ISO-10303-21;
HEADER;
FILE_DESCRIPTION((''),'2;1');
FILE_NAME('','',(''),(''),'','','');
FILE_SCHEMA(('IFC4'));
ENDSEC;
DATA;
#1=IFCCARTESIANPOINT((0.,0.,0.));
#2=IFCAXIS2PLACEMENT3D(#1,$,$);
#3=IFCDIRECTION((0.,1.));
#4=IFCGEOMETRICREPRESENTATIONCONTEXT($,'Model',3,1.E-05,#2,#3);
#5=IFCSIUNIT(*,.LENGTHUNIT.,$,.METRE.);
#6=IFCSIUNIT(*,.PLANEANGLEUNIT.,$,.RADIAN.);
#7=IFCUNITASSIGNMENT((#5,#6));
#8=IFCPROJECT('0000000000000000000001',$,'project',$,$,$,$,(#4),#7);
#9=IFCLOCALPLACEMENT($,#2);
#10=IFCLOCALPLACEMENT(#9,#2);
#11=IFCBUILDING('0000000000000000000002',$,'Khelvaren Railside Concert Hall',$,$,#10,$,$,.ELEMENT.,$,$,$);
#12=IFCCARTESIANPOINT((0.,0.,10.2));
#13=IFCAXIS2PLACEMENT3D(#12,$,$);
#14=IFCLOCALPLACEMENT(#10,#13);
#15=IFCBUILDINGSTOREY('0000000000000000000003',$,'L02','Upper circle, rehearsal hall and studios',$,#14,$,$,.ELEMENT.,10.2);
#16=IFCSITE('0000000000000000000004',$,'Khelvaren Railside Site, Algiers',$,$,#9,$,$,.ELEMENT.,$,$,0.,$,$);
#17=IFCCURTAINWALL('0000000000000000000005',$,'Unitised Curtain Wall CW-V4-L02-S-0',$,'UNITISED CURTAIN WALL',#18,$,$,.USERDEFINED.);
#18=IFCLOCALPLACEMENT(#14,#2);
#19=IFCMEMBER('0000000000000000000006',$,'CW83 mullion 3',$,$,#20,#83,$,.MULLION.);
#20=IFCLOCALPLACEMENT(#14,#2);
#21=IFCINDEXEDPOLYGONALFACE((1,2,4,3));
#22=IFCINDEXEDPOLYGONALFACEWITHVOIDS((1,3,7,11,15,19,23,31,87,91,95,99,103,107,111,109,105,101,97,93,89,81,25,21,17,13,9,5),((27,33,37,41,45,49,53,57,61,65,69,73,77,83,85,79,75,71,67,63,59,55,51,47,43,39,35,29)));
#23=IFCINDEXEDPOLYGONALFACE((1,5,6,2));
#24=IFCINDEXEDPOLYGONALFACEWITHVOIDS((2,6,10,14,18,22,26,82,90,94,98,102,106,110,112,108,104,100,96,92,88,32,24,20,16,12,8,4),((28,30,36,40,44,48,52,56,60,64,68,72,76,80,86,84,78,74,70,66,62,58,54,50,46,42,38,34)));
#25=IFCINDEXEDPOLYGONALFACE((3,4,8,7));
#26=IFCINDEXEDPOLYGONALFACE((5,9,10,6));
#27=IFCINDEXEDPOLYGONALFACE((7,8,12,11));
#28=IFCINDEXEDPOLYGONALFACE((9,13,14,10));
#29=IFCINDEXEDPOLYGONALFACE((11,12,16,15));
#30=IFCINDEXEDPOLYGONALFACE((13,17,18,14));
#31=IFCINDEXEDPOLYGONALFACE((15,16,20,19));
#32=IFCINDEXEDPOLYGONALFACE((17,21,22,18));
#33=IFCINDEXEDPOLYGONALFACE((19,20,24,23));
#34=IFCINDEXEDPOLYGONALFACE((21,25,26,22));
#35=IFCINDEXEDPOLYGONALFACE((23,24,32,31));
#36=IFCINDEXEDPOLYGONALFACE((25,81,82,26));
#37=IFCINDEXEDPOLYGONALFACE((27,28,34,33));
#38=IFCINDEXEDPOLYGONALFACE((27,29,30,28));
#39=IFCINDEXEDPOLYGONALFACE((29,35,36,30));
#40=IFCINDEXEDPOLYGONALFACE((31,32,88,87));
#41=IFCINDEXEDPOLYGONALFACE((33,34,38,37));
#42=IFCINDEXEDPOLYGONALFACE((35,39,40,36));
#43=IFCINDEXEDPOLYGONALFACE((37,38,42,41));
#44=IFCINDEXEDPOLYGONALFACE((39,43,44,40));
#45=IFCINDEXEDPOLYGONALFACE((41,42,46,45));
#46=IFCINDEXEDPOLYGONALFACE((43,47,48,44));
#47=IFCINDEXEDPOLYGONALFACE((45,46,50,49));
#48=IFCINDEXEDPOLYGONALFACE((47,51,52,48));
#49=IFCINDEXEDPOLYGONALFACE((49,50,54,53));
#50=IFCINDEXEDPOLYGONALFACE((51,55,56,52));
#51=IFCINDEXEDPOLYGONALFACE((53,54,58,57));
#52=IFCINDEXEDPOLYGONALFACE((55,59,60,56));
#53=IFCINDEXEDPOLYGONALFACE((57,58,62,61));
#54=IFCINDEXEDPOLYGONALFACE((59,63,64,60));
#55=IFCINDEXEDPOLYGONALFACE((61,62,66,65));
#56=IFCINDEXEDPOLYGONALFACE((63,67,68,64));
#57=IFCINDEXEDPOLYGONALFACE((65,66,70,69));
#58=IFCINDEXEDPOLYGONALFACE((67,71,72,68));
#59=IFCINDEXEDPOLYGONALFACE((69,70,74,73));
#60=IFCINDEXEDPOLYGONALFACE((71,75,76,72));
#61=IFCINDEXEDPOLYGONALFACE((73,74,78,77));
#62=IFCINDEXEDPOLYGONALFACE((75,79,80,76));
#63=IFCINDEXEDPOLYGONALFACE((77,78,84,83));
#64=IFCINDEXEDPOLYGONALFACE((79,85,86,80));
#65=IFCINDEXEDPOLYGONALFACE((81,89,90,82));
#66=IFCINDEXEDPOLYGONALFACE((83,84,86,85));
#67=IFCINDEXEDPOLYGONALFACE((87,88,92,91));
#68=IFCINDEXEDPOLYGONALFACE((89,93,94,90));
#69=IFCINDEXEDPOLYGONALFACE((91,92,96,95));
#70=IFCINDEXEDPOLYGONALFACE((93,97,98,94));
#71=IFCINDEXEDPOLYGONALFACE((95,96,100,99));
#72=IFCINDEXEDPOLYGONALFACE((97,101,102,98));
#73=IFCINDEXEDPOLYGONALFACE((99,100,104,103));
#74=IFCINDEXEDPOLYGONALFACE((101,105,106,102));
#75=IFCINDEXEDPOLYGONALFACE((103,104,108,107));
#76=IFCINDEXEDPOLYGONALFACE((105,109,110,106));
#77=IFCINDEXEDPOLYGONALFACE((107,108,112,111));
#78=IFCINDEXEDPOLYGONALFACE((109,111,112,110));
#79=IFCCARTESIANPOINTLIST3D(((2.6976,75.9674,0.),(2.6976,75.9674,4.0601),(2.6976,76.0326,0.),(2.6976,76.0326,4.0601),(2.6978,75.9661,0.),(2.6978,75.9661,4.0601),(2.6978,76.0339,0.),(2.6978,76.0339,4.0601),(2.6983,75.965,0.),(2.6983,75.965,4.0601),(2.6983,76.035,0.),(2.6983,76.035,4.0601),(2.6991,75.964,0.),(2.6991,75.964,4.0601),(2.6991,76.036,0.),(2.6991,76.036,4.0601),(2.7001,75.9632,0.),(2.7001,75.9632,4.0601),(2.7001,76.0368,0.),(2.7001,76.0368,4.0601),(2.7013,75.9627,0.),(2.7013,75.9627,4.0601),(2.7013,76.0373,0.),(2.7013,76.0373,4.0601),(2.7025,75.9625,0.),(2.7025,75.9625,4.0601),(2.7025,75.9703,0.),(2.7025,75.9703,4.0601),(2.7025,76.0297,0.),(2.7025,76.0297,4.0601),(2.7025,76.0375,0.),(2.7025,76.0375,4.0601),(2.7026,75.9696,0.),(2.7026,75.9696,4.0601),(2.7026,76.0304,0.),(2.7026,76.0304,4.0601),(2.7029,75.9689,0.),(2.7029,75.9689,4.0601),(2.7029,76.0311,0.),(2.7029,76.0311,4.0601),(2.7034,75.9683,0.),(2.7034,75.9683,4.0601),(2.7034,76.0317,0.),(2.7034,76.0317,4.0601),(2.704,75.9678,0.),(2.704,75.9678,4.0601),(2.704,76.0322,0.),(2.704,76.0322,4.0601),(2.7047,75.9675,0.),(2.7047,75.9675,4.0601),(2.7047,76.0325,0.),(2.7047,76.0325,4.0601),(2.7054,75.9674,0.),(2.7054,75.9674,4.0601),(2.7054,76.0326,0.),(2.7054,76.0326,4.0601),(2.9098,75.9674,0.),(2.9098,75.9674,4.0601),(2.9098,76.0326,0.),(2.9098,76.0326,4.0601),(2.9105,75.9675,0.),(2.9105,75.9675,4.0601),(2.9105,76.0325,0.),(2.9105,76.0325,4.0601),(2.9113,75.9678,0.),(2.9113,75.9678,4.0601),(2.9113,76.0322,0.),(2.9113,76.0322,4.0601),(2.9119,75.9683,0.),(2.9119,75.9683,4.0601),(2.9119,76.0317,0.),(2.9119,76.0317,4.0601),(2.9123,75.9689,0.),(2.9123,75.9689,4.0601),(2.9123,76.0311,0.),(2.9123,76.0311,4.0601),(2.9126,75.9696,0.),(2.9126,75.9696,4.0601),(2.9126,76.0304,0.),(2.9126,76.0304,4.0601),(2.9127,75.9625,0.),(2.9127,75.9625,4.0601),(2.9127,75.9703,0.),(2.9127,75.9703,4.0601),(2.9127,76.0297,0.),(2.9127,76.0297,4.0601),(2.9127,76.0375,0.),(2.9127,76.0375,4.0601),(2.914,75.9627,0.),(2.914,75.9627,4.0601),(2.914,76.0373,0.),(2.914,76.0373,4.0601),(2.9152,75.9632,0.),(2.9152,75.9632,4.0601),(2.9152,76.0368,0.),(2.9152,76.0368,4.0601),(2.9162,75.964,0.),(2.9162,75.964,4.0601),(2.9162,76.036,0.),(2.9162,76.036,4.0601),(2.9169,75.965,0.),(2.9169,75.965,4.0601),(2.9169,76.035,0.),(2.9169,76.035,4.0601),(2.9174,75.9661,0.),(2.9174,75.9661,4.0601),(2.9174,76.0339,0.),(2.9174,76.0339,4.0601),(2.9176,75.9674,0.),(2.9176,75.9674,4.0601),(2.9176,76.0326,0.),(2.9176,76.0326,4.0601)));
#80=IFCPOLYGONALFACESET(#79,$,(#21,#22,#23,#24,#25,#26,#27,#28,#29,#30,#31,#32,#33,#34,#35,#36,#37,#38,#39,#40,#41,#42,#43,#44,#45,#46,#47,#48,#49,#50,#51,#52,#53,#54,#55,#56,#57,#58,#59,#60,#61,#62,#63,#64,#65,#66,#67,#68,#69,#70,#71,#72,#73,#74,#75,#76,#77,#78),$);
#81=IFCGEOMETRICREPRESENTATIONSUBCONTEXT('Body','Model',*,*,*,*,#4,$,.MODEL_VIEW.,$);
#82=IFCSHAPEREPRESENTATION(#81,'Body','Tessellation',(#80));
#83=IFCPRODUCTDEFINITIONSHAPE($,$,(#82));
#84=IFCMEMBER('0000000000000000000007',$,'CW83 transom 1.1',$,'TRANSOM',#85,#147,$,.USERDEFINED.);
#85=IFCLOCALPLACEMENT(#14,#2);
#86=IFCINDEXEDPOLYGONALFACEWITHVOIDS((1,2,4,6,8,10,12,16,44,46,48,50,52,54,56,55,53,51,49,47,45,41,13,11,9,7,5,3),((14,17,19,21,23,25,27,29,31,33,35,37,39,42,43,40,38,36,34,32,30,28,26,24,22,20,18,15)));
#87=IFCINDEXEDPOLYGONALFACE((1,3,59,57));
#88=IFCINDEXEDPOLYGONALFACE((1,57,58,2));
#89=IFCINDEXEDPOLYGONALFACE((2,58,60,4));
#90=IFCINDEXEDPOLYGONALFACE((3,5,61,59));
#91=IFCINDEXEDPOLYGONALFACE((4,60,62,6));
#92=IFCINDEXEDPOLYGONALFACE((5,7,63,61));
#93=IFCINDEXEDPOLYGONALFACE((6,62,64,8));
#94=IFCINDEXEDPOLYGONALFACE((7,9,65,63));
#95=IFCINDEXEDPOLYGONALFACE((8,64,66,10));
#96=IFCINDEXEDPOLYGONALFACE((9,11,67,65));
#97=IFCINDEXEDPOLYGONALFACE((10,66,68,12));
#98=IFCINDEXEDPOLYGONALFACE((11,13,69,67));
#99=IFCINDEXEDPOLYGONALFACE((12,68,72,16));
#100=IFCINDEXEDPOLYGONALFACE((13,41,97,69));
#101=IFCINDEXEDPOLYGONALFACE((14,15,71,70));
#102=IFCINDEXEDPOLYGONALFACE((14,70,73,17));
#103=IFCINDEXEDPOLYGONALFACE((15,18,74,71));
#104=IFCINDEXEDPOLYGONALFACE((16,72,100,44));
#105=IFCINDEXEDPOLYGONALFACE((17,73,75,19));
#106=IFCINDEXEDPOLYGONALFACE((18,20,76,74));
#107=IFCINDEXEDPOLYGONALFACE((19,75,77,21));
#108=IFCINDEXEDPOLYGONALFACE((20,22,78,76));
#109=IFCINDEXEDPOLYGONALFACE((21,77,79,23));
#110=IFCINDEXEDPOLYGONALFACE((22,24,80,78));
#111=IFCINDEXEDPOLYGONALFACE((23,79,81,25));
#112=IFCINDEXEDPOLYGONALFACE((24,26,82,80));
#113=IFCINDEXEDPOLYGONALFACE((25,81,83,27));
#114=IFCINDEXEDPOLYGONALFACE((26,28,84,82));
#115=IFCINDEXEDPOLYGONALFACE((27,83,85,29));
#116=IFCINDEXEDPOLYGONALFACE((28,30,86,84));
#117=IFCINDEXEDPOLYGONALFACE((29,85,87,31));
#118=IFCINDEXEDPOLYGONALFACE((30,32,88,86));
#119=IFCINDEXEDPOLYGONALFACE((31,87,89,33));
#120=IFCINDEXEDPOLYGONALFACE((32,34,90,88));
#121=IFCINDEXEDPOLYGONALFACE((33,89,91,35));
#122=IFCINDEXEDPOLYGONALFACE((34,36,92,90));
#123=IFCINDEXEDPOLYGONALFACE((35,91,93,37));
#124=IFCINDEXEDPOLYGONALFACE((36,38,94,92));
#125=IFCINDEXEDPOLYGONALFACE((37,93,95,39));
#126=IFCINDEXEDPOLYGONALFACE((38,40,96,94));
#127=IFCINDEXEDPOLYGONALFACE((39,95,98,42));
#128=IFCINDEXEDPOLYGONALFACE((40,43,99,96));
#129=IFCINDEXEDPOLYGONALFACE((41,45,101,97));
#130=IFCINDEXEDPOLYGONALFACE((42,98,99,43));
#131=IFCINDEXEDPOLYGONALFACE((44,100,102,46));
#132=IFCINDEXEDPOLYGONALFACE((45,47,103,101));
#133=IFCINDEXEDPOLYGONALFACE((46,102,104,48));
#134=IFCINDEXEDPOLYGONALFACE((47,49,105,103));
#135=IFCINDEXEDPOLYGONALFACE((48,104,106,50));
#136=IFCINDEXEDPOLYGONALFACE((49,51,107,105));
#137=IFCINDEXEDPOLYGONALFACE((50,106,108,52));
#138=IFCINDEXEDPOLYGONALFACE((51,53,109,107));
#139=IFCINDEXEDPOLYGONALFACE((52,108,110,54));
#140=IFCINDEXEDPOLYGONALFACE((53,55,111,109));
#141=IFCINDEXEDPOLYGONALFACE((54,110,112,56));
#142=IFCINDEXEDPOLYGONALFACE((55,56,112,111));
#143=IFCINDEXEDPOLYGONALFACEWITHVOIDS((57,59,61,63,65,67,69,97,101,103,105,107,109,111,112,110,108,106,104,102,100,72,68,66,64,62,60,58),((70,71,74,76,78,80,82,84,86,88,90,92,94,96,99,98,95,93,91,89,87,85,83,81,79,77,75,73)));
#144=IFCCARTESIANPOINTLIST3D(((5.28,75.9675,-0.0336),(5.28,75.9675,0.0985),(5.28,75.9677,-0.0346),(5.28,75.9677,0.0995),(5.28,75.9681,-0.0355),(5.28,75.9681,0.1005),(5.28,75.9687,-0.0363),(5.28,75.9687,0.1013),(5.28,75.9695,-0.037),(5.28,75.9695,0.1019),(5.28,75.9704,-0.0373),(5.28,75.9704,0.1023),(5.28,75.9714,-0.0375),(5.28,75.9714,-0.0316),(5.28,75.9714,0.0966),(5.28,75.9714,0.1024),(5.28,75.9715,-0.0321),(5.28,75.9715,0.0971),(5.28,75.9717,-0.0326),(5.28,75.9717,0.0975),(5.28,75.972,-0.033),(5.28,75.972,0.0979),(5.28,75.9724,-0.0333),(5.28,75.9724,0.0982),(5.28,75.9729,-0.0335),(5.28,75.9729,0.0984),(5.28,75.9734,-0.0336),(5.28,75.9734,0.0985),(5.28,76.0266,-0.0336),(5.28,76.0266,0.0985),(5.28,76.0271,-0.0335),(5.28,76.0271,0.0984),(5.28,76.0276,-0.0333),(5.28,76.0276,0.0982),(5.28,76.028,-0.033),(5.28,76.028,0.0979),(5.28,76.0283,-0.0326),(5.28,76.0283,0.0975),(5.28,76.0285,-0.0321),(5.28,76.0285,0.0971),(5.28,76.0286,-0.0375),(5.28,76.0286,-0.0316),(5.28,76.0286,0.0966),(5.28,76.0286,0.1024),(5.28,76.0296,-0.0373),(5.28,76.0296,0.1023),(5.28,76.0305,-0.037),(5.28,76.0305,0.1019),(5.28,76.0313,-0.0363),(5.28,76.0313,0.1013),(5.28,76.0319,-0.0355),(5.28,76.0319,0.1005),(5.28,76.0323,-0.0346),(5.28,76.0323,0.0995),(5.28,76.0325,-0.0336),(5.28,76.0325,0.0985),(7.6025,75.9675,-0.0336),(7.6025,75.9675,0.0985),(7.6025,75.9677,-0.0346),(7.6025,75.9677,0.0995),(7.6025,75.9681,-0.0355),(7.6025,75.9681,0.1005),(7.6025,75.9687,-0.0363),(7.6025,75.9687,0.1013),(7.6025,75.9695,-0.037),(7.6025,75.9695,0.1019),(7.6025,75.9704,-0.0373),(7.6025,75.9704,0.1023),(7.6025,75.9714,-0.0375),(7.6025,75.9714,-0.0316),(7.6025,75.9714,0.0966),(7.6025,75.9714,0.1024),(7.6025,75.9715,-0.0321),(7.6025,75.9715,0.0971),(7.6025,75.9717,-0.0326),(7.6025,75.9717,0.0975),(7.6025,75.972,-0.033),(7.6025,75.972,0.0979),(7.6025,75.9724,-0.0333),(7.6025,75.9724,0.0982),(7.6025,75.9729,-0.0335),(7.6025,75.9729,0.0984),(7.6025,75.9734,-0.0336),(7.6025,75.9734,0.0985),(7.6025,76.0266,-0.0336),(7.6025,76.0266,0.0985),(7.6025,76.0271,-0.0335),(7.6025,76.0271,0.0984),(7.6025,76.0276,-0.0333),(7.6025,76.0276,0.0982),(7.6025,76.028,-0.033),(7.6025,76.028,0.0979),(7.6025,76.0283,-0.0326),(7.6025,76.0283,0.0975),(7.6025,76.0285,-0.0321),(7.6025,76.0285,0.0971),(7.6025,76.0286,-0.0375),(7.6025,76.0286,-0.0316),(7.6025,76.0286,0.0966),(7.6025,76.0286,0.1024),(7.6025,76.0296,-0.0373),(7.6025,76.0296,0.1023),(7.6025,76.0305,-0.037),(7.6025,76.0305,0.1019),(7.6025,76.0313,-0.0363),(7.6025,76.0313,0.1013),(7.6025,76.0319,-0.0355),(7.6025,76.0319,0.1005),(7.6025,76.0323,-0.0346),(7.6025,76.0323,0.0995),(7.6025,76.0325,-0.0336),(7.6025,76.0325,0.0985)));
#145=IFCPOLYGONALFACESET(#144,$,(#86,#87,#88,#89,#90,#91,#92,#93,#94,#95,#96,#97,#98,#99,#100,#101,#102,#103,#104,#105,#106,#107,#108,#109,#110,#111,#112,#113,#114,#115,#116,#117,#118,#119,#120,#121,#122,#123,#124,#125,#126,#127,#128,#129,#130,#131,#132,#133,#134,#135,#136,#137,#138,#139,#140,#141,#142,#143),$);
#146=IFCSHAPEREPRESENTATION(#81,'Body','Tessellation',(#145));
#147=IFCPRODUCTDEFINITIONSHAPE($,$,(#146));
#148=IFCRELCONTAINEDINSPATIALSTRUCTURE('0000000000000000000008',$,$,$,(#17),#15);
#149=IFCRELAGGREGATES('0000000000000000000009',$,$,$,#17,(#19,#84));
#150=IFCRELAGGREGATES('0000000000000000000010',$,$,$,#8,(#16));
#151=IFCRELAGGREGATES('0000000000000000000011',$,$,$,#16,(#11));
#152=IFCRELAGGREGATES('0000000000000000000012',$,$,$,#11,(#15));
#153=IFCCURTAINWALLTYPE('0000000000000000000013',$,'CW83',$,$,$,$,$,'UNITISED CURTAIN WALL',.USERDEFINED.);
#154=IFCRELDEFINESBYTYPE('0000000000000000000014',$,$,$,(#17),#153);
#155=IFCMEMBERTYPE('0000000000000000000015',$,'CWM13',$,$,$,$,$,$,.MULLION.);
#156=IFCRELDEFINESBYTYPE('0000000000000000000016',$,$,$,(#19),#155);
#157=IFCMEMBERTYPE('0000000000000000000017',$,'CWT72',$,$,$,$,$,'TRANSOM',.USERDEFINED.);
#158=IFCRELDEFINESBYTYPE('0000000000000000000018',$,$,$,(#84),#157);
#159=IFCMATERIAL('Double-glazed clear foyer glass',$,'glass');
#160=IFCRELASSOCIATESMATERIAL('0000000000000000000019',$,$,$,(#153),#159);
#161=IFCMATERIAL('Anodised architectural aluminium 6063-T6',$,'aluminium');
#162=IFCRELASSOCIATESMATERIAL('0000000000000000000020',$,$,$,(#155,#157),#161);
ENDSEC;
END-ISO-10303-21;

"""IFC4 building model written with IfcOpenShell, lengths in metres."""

from ifc_helpers import new_model, si_unit, direction, frame, origin, origin_2d, place, context, subcontext, project, spatial, hollow_rectangle, extrude, material, material_profile, profile_set, type_object, element, aggregate, save


model = new_model("IFC4")

# Units and contexts
model_context = context("Model", 3, precision=1e-05, world=origin(), true_north=direction((0.0, 1.0)))
body_context = subcontext(model_context, "Body", "Model", "MODEL_VIEW")
ifc_project = project(units=[si_unit("LENGTHUNIT", "METRE"), si_unit("PLANEANGLEUNIT", "RADIAN")], contexts=[model_context])

# Site, building, storey
site_placement = place(None, origin())
site = spatial("IfcSite", under=ifc_project, at=site_placement, Name="Khelvaren Railside Site, Algiers", CompositionType="ELEMENT", RefElevation=0.0)
building_placement = place(site_placement, origin())
building = spatial("IfcBuilding", under=site, at=building_placement, Name="Khelvaren Railside Concert Hall", CompositionType="ELEMENT")
storey_placement = place(building_placement, frame((0.0, 0.0, 10.2)))
storey = spatial("IfcBuildingStorey", under=building, at=storey_placement, Name="L02", Description="Upper circle, rehearsal hall and studios", CompositionType="ELEMENT", Elevation=10.2)

# Curtain wall, members
ifc_material_1 = material(Name="Double-glazed clear foyer glass", Category="glass")
curtain_wall_type = type_object("IfcCurtainWallType", Name="CW83", ElementType="UNITISED CURTAIN WALL", PredefinedType="USERDEFINED", material=ifc_material_1)
curtain_wall_placement = place(storey_placement, origin())
curtain_wall = element("IfcCurtainWall", 1, at=curtain_wall_placement, inside=storey, type_object=curtain_wall_type, Name="Unitised Curtain Wall CW-V4-L02-S-0", ObjectType="UNITISED CURTAIN WALL", PredefinedType="USERDEFINED")
ifc_material_2 = material(Name="Anodised architectural aluminium 6063-T6", Category="aluminium")
ifc_material_profile_1 = material_profile(ifc_material_2, hollow_rectangle(XDim=0.075, YDim=0.22, WallThickness=0.0049, InnerFilletRadius=0.0029, OuterFilletRadius=0.0049, at=origin_2d()), Name="CWM 75x220x5")
ifc_profile_set_1 = profile_set([ifc_material_profile_1], Name="Anodised architectural aluminium 6063-T6")
member_type_1 = type_object("IfcMemberType", Name="CWM13", PredefinedType="MULLION", material=ifc_profile_set_1)
member_1_placement = place(storey_placement, frame((2.8076, 76.0, 0.0), z_axis=(0.0, 0.0, 1.0), x_axis=(0.0, -1.0, 0.0)))
member_1 = element("IfcMember", 2, at=member_1_placement, type_object=member_type_1, Name="CW83 mullion 3", PredefinedType="MULLION", context=body_context, shape_type="SweptSolid", body=[
    extrude(hollow_rectangle(XDim=0.075, YDim=0.22, WallThickness=0.0049, InnerFilletRadius=0.0029, OuterFilletRadius=0.0049, at=origin_2d()), origin(), (0.0, 0.0, 1.0), 4.0601),
])
ifc_material_profile_2 = material_profile(ifc_material_2, hollow_rectangle(XDim=0.0649, YDim=0.1399, WallThickness=0.0039, InnerFilletRadius=0.002, OuterFilletRadius=0.0039, at=origin_2d()), Name="CWT 65x140x4")
ifc_profile_set_2 = profile_set([ifc_material_profile_2], Name="Anodised architectural aluminium 6063-T6")
member_type_2 = type_object("IfcMemberType", Name="CWT72", ElementType="TRANSOM", PredefinedType="USERDEFINED", material=ifc_profile_set_2)
member_2_placement = place(storey_placement, frame((7.6025, 76.0, 0.0325), z_axis=(-1.0, 0.0, 0.0), x_axis=(0.0, -1.0, 0.0)))
member_2 = element("IfcMember", 3, at=member_2_placement, type_object=member_type_2, Name="CW83 transom 1.1", ObjectType="TRANSOM", PredefinedType="USERDEFINED", context=body_context, shape_type="SweptSolid", body=[
    extrude(hollow_rectangle(XDim=0.0649, YDim=0.1399, WallThickness=0.0039, InnerFilletRadius=0.002, OuterFilletRadius=0.0039, at=origin_2d()), origin(), (0.0, 0.0, 1.0), 2.3225),
])
aggregate(curtain_wall, [member_1, member_2])

save(model, "model.ifc")
